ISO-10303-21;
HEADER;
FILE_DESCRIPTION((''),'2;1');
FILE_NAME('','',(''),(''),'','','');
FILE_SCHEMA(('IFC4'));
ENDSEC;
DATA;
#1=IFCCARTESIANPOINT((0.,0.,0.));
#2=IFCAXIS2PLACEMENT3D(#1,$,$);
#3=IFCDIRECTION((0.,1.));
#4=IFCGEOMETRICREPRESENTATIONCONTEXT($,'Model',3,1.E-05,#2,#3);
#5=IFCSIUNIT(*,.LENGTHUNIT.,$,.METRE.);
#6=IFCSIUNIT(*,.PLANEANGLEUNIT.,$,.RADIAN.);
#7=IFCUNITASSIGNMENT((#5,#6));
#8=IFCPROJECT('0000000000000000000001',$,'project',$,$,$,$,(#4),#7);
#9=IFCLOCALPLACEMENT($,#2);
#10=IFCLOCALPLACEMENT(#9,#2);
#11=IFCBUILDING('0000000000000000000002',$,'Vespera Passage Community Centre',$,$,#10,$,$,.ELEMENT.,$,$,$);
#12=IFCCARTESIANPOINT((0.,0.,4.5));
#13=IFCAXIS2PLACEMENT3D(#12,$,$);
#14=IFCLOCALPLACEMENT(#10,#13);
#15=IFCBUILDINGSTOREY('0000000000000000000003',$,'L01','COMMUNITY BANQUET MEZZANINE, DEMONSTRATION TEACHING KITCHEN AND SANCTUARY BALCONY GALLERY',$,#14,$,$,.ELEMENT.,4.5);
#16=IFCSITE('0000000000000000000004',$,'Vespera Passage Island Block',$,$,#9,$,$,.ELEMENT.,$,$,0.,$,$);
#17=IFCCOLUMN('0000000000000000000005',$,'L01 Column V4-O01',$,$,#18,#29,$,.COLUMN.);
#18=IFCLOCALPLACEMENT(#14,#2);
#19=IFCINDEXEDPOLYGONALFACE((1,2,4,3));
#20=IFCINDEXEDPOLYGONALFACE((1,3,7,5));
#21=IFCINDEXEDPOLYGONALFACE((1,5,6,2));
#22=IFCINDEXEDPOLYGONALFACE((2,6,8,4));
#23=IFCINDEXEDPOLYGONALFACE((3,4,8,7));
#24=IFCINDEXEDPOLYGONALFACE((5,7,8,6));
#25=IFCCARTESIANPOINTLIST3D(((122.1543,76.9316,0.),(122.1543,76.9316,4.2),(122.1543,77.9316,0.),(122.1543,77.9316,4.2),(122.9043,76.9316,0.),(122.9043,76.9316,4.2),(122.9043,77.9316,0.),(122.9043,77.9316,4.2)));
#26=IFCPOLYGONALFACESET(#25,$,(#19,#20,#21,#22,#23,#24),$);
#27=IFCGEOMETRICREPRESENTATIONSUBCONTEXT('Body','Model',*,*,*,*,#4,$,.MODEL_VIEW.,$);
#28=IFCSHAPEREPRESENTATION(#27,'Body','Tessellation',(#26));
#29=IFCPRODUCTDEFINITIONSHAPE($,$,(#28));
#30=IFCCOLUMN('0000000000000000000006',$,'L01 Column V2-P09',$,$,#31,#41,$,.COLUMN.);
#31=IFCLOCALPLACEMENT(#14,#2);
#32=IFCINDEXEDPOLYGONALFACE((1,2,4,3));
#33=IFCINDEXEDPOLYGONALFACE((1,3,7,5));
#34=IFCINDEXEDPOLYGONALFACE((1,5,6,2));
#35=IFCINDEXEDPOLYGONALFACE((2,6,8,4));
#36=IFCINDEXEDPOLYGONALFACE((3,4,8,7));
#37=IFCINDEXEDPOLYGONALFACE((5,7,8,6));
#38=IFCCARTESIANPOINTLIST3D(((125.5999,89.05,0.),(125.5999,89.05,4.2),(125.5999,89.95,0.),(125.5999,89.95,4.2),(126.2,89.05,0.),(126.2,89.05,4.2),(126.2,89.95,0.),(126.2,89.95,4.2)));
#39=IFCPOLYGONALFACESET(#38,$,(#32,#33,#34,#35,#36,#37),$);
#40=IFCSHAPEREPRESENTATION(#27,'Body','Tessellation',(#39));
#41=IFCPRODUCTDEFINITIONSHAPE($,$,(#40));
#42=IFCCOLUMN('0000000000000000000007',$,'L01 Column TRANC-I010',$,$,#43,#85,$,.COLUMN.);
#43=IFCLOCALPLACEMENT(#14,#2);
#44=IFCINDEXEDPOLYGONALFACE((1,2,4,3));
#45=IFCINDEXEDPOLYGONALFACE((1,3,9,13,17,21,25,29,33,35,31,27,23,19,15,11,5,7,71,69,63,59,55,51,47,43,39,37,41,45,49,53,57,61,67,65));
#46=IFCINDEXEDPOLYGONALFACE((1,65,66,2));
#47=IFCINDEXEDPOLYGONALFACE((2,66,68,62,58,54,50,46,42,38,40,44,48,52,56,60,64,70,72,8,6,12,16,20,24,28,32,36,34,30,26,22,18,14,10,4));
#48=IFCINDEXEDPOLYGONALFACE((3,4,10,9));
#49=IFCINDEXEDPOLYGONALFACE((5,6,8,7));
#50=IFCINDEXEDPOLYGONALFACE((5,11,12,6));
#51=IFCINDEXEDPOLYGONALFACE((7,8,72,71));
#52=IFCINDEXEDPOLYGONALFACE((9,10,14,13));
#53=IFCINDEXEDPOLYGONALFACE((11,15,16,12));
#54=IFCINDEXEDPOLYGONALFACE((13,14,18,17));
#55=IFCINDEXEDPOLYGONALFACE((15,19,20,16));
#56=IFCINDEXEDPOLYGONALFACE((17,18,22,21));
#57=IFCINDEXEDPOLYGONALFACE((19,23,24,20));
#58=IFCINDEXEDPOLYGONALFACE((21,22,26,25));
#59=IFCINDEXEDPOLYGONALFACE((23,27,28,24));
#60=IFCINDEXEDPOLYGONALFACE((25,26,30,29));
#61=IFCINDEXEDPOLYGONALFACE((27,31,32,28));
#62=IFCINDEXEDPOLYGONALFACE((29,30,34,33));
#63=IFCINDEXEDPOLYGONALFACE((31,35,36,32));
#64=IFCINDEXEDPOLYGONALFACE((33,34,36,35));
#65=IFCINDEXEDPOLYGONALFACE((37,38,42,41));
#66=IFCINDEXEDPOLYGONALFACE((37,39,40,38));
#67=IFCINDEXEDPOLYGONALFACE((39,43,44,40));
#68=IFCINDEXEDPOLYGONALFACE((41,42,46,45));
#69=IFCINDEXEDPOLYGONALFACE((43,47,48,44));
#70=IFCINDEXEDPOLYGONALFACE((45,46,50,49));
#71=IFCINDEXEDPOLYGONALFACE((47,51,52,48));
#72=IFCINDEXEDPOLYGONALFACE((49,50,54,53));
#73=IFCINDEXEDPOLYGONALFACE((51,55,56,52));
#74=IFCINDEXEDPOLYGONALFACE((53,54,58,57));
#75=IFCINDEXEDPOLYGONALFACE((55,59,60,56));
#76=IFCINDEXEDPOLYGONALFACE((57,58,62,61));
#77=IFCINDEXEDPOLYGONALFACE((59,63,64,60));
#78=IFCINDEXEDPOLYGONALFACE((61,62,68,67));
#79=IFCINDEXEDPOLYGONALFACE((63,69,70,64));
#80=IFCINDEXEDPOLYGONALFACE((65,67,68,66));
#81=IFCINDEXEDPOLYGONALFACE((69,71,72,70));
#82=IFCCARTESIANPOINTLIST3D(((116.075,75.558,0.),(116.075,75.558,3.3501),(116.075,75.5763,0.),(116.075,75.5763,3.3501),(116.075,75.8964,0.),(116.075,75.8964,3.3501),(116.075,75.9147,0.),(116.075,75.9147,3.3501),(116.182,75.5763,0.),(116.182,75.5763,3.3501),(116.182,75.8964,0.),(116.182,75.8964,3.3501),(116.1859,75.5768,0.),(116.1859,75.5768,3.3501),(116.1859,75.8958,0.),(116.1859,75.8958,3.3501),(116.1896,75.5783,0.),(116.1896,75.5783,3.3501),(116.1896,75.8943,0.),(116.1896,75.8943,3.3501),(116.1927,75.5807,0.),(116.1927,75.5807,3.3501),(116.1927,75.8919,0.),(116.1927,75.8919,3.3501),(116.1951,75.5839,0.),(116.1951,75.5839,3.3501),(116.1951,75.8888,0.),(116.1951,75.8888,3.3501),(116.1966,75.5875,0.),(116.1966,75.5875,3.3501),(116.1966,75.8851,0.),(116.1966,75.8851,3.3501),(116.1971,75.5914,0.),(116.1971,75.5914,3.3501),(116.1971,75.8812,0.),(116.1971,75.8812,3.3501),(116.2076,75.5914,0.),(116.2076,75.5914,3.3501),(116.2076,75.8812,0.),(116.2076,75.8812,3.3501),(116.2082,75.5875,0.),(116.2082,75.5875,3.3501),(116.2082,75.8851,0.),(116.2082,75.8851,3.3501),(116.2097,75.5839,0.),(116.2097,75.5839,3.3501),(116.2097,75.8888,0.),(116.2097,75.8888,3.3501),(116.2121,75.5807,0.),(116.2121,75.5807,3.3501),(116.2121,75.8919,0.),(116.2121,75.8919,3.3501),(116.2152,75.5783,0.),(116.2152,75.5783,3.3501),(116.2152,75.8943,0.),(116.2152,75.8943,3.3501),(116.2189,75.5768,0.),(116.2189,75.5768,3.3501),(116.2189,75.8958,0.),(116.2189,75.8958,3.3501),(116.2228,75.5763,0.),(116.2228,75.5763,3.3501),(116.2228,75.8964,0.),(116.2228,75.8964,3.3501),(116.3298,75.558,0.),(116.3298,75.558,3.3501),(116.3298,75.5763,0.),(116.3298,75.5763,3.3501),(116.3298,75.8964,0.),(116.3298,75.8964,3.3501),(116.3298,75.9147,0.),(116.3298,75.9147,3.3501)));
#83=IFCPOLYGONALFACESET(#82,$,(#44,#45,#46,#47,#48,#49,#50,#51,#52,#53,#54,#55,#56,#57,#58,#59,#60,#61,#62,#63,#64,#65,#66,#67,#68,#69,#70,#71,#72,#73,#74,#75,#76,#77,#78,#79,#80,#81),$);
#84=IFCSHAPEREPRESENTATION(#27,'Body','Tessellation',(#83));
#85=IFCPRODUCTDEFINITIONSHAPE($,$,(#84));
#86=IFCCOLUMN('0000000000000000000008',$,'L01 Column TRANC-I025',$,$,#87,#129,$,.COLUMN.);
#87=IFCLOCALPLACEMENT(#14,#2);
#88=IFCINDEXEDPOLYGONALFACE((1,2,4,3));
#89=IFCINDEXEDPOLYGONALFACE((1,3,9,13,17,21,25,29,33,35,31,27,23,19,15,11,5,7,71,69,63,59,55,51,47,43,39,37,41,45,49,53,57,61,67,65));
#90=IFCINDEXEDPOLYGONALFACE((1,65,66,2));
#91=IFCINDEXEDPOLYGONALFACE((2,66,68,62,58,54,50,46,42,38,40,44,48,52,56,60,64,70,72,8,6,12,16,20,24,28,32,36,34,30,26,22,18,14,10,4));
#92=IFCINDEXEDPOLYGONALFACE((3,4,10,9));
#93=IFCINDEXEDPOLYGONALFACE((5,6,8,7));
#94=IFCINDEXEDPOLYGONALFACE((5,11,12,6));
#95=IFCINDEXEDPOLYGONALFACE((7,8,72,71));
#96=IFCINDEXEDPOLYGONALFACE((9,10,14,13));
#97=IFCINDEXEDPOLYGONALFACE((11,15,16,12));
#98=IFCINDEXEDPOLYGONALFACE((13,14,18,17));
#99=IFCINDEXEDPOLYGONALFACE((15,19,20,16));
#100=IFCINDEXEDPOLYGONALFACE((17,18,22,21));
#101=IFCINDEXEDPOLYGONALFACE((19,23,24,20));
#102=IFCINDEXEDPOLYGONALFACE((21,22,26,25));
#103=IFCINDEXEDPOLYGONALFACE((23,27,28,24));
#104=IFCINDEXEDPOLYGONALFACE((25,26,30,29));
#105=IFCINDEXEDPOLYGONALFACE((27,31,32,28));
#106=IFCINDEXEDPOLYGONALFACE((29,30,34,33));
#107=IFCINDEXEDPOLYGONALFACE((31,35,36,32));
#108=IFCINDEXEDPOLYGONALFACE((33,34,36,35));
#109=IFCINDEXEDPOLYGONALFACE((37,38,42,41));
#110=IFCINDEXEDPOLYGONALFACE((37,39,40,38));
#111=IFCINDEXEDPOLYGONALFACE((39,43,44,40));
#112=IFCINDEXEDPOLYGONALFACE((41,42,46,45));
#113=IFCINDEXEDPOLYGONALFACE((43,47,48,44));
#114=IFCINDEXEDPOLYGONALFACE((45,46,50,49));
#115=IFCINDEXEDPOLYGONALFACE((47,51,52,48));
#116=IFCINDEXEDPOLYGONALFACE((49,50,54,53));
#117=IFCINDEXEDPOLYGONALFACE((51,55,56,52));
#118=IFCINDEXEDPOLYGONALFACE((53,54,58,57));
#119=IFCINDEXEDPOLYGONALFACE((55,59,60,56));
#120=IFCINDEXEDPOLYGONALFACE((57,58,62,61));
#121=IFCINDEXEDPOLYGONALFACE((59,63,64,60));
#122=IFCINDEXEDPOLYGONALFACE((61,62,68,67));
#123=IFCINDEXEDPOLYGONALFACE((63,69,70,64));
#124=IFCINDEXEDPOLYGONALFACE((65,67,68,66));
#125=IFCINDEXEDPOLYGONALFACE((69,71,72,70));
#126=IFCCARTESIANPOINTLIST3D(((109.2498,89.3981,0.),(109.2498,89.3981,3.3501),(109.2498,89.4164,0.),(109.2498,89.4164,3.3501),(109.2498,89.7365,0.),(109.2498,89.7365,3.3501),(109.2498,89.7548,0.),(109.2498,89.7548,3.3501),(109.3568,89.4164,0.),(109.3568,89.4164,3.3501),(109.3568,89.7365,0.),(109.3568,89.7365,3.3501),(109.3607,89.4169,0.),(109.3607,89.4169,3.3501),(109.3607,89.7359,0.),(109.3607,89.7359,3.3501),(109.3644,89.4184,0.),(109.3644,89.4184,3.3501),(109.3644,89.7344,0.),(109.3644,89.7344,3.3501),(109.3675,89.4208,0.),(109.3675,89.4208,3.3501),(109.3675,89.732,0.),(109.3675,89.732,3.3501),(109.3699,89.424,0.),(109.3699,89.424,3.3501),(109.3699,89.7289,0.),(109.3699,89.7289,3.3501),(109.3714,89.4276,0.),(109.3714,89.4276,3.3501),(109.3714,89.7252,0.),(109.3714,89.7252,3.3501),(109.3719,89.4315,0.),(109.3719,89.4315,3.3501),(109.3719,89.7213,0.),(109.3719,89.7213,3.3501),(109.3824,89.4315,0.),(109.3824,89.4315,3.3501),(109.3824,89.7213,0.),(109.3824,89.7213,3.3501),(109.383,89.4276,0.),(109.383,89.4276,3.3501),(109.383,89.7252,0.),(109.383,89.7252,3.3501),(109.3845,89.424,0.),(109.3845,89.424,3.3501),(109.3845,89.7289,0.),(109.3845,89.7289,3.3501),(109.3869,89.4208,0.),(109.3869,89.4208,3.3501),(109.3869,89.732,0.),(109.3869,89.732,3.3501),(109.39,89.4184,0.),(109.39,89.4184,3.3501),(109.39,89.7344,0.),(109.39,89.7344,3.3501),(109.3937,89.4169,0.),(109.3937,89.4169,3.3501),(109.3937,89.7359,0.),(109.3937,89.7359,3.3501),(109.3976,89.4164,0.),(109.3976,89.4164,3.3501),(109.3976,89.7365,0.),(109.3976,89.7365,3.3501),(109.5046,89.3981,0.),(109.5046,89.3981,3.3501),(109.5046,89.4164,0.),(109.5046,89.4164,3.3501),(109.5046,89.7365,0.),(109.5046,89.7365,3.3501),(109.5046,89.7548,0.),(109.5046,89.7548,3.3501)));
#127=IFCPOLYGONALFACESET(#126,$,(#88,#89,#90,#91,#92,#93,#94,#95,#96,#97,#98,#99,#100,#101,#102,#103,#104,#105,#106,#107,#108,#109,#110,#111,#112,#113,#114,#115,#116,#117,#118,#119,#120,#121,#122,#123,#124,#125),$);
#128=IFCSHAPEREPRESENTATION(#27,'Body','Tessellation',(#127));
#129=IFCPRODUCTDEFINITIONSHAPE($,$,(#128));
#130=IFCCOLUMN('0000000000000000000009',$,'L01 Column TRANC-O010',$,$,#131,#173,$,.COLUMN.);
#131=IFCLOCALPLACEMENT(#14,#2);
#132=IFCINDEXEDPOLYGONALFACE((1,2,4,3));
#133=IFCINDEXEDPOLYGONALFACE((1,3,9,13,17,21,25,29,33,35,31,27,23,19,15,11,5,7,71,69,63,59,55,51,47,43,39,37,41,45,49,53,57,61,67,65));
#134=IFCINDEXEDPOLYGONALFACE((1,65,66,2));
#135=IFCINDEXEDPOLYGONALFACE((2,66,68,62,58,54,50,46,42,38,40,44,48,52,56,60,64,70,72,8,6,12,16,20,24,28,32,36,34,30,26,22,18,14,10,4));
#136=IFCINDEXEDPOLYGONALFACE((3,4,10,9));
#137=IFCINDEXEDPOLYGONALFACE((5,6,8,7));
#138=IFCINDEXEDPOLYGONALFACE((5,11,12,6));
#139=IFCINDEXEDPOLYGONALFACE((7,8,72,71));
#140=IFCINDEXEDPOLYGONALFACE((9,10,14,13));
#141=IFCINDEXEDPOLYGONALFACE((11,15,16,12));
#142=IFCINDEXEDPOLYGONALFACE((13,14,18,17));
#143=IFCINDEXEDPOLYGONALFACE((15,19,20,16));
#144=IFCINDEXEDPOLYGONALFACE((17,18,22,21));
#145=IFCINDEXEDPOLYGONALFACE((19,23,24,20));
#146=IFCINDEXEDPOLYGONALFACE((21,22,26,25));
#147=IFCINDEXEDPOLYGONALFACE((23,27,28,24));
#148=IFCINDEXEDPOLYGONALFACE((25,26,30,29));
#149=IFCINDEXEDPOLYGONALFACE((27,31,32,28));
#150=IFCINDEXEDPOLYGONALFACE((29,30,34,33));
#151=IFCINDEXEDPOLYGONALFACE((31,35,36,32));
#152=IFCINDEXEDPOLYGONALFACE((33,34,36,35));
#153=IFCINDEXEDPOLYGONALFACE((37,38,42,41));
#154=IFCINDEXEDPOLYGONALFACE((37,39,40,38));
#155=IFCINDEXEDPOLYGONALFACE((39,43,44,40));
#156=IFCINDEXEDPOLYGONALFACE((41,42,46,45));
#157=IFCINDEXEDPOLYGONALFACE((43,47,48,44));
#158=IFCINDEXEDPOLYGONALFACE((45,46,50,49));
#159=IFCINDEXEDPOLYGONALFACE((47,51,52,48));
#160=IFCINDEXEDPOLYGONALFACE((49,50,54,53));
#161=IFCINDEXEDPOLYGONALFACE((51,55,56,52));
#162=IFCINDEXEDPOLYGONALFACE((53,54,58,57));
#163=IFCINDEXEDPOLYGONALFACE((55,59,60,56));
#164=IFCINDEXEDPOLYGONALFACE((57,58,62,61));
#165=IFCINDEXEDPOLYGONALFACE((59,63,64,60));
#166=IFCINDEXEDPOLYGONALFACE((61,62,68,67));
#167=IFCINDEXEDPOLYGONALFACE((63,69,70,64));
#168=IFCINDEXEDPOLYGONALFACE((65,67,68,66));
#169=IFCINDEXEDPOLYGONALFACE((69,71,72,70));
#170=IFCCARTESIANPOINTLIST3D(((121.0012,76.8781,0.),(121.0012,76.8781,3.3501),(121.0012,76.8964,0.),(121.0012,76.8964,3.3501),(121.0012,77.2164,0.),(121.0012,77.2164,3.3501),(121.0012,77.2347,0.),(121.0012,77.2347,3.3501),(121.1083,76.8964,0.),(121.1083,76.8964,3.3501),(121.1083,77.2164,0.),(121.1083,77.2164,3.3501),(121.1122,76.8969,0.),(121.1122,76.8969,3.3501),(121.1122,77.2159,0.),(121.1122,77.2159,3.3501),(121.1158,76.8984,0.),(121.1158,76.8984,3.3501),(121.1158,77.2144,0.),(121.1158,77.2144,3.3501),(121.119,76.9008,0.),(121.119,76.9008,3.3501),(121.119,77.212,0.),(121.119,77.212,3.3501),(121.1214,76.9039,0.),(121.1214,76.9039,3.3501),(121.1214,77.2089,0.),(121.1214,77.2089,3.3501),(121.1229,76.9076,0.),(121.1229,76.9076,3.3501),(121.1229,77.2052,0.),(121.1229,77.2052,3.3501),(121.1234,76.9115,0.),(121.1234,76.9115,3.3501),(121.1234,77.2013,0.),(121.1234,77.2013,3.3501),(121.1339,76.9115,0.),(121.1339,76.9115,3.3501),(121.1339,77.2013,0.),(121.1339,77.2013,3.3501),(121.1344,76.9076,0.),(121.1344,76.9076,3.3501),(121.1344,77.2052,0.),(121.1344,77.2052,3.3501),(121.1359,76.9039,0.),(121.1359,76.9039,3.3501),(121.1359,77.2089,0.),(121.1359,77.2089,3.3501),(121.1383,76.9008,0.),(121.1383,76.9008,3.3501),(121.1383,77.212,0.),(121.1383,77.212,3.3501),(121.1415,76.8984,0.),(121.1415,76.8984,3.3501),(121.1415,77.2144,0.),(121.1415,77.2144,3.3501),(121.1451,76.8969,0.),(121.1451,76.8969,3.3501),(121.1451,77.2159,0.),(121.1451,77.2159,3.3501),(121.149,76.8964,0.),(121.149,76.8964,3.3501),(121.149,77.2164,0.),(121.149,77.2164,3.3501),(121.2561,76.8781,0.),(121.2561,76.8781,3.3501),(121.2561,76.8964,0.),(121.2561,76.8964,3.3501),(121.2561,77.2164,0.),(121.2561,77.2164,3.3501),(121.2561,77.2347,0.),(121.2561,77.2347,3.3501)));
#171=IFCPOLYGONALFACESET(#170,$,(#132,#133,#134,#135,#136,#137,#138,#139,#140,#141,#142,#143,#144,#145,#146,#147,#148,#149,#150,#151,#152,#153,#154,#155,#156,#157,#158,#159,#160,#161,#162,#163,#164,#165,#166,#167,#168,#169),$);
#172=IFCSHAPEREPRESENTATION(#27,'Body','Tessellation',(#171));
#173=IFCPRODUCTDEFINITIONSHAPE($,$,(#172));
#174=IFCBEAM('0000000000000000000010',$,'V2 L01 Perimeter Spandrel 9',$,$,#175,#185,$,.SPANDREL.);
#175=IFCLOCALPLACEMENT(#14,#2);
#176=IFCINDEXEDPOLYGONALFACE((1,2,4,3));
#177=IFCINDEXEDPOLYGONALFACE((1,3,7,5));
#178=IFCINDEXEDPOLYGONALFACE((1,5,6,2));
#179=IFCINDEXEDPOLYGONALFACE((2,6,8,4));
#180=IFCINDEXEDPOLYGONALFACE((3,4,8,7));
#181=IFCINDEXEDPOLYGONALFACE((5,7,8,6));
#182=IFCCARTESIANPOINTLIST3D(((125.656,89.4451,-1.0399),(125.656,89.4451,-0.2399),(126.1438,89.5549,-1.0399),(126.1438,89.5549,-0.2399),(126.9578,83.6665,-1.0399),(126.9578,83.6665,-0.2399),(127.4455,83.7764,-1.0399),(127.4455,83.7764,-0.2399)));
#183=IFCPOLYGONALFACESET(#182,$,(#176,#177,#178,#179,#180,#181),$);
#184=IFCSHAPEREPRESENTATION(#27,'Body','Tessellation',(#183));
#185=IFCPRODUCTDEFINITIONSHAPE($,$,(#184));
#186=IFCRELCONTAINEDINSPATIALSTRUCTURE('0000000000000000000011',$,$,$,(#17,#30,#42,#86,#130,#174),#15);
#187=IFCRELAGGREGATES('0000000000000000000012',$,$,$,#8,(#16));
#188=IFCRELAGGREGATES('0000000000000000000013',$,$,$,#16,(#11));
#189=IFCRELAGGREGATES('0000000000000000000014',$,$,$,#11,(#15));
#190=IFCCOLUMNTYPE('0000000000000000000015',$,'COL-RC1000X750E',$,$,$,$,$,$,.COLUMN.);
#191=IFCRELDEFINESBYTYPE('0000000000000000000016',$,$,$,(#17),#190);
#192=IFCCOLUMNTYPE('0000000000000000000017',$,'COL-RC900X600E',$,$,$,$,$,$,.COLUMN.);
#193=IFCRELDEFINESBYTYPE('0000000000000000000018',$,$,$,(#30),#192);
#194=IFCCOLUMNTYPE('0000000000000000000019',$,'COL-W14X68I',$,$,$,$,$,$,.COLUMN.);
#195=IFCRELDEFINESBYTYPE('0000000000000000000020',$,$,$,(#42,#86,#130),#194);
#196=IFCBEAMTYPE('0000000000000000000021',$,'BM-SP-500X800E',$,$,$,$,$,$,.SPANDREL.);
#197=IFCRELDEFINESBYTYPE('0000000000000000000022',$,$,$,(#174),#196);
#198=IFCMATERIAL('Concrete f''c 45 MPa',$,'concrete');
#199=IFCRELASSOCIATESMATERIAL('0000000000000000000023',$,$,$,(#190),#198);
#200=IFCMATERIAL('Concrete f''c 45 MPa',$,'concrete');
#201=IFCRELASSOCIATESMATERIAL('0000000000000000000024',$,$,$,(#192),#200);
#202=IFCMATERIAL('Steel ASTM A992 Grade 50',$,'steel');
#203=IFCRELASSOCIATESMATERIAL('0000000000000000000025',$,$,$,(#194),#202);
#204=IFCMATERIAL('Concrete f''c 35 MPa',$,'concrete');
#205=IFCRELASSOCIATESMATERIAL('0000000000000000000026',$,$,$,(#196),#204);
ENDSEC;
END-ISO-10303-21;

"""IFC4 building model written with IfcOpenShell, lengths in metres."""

from ifc_helpers import new_model, si_unit, direction, frame, origin, origin_2d, place, context, subcontext, project, spatial, rectangle, i_section, extrude, material, material_profile, profile_set, type_object, element, save


model = new_model("IFC4")

# Units and contexts
model_context = context("Model", 3, precision=1e-05, world=origin(), true_north=direction((0.0, 1.0)))
body_context = subcontext(model_context, "Body", "Model", "MODEL_VIEW")
ifc_project = project(units=[si_unit("LENGTHUNIT", "METRE"), si_unit("PLANEANGLEUNIT", "RADIAN")], contexts=[model_context])

# Site, building, storey
site_placement = place(None, origin())
site = spatial("IfcSite", under=ifc_project, at=site_placement, Name="Vespera Passage Island Block", CompositionType="ELEMENT", RefElevation=0.0)
building_placement = place(site_placement, origin())
building = spatial("IfcBuilding", under=site, at=building_placement, Name="Vespera Passage Community Centre", CompositionType="ELEMENT")
storey_placement = place(building_placement, frame((0.0, 0.0, 4.5)))
storey = spatial("IfcBuildingStorey", under=building, at=storey_placement, Name="L01", Description="COMMUNITY BANQUET MEZZANINE, DEMONSTRATION TEACHING KITCHEN AND SANCTUARY BALCONY GALLERY", CompositionType="ELEMENT", Elevation=4.5)

# Columns
ifc_material_1 = material(Name="Concrete f'c 45 MPa", Category="concrete")
ifc_material_profile_1 = material_profile(ifc_material_1, rectangle(XDim=0.75, YDim=1.0, at=origin_2d()), Name="RC1000X750")
ifc_profile_set_1 = profile_set([ifc_material_profile_1], Name="Concrete f'c 45 MPa")
column_type_1 = type_object("IfcColumnType", Name="COL-RC1000X750E", PredefinedType="COLUMN", material=ifc_profile_set_1)
column_1_placement = place(storey_placement, frame((122.5293, 77.4316, 0.0), z_axis=(0.0, 0.0, 1.0), x_axis=(1.0, 0.0, 0.0)))
element("IfcColumn", 1, at=column_1_placement, inside=storey, type_object=column_type_1, Name="L01 Column V4-O01", PredefinedType="COLUMN", context=body_context, shape_type="SweptSolid", body=[
    extrude(rectangle(XDim=0.75, YDim=1.0, at=origin_2d()), origin(), (0.0, 0.0, 1.0), 4.2),
])
ifc_material_2 = material(Name="Concrete f'c 45 MPa", Category="concrete")
ifc_material_profile_2 = material_profile(ifc_material_2, rectangle(XDim=0.6001, YDim=0.8999, at=origin_2d()), Name="RC900X600")
ifc_profile_set_2 = profile_set([ifc_material_profile_2], Name="Concrete f'c 45 MPa")
column_type_2 = type_object("IfcColumnType", Name="COL-RC900X600E", PredefinedType="COLUMN", material=ifc_profile_set_2)
column_2_placement = place(storey_placement, frame((125.8999, 89.5, 0.0), z_axis=(0.0, 0.0, 1.0), x_axis=(1.0, 0.0, 0.0)))
element("IfcColumn", 2, at=column_2_placement, inside=storey, type_object=column_type_2, Name="L01 Column V2-P09", PredefinedType="COLUMN", context=body_context, shape_type="SweptSolid", body=[
    extrude(rectangle(XDim=0.6001, YDim=0.8999, at=origin_2d()), origin(), (0.0, 0.0, 1.0), 4.2),
])
ifc_material_3 = material(Name="Steel ASTM A992 Grade 50", Category="steel")
ifc_material_profile_3 = material_profile(ifc_material_3, i_section(OverallWidth=0.2549, OverallDepth=0.3567, WebThickness=0.0105, FlangeThickness=0.0183, FilletRadius=0.0151, at=origin_2d()), Name="W14X68")
ifc_profile_set_3 = profile_set([ifc_material_profile_3], Name="Steel ASTM A992 Grade 50")
column_type_3 = type_object("IfcColumnType", Name="COL-W14X68I", PredefinedType="COLUMN", material=ifc_profile_set_3)
for number, where, z_axis, x_axis, name in (
    (3, (116.2024, 75.7363, 0.0), (0.0, 0.0, 1.0), (1.0, 0.0, 0.0), "L01 Column TRANC-I010"),
    (4, (109.3772, 89.5764, 0.0), (0.0, 0.0, 1.0), (1.0, 0.0, 0.0), "L01 Column TRANC-I025"),
    (5, (121.1287, 77.0564, 0.0), (0.0, 0.0, 1.0), (1.0, 0.0, 0.0), "L01 Column TRANC-O010"),
):
    element("IfcColumn", number, at=place(storey_placement, frame(where, z_axis=z_axis, x_axis=x_axis)), inside=storey, type_object=column_type_3, Name=name, PredefinedType="COLUMN", context=body_context, shape_type="SweptSolid", body=[
        extrude(i_section(OverallWidth=0.2549, OverallDepth=0.3567, WebThickness=0.0105, FlangeThickness=0.0183, FilletRadius=0.0151, at=origin_2d()), origin(), (0.0, 0.0, 1.0), 3.3501),
    ])

# Beam
ifc_material_4 = material(Name="Concrete f'c 35 MPa", Category="concrete")
ifc_material_profile_4 = material_profile(ifc_material_4, rectangle(XDim=0.5, YDim=0.8, at=origin_2d()), Name="RC500X800")
ifc_profile_set_4 = profile_set([ifc_material_profile_4], Name="Concrete f'c 35 MPa")
beam_type_1 = type_object("IfcBeamType", Name="BM-SP-500X800E", PredefinedType="SPANDREL", material=ifc_profile_set_4)
beam_1_placement = place(storey_placement, frame((125.8999, 89.5, -0.6399), z_axis=(0.219766, -0.975553, 0.0), x_axis=(0.975553, 0.219766, 0.0)))
element("IfcBeam", 6, at=beam_1_placement, inside=storey, type_object=beam_type_1, Name="V2 L01 Perimeter Spandrel 9", PredefinedType="SPANDREL", context=body_context, shape_type="SweptSolid", body=[
    extrude(rectangle(XDim=0.5, YDim=0.8, at=origin_2d()), origin(), (0.0, 0.0, 1.0), 5.9233),
])

save(model, "model.ifc")
